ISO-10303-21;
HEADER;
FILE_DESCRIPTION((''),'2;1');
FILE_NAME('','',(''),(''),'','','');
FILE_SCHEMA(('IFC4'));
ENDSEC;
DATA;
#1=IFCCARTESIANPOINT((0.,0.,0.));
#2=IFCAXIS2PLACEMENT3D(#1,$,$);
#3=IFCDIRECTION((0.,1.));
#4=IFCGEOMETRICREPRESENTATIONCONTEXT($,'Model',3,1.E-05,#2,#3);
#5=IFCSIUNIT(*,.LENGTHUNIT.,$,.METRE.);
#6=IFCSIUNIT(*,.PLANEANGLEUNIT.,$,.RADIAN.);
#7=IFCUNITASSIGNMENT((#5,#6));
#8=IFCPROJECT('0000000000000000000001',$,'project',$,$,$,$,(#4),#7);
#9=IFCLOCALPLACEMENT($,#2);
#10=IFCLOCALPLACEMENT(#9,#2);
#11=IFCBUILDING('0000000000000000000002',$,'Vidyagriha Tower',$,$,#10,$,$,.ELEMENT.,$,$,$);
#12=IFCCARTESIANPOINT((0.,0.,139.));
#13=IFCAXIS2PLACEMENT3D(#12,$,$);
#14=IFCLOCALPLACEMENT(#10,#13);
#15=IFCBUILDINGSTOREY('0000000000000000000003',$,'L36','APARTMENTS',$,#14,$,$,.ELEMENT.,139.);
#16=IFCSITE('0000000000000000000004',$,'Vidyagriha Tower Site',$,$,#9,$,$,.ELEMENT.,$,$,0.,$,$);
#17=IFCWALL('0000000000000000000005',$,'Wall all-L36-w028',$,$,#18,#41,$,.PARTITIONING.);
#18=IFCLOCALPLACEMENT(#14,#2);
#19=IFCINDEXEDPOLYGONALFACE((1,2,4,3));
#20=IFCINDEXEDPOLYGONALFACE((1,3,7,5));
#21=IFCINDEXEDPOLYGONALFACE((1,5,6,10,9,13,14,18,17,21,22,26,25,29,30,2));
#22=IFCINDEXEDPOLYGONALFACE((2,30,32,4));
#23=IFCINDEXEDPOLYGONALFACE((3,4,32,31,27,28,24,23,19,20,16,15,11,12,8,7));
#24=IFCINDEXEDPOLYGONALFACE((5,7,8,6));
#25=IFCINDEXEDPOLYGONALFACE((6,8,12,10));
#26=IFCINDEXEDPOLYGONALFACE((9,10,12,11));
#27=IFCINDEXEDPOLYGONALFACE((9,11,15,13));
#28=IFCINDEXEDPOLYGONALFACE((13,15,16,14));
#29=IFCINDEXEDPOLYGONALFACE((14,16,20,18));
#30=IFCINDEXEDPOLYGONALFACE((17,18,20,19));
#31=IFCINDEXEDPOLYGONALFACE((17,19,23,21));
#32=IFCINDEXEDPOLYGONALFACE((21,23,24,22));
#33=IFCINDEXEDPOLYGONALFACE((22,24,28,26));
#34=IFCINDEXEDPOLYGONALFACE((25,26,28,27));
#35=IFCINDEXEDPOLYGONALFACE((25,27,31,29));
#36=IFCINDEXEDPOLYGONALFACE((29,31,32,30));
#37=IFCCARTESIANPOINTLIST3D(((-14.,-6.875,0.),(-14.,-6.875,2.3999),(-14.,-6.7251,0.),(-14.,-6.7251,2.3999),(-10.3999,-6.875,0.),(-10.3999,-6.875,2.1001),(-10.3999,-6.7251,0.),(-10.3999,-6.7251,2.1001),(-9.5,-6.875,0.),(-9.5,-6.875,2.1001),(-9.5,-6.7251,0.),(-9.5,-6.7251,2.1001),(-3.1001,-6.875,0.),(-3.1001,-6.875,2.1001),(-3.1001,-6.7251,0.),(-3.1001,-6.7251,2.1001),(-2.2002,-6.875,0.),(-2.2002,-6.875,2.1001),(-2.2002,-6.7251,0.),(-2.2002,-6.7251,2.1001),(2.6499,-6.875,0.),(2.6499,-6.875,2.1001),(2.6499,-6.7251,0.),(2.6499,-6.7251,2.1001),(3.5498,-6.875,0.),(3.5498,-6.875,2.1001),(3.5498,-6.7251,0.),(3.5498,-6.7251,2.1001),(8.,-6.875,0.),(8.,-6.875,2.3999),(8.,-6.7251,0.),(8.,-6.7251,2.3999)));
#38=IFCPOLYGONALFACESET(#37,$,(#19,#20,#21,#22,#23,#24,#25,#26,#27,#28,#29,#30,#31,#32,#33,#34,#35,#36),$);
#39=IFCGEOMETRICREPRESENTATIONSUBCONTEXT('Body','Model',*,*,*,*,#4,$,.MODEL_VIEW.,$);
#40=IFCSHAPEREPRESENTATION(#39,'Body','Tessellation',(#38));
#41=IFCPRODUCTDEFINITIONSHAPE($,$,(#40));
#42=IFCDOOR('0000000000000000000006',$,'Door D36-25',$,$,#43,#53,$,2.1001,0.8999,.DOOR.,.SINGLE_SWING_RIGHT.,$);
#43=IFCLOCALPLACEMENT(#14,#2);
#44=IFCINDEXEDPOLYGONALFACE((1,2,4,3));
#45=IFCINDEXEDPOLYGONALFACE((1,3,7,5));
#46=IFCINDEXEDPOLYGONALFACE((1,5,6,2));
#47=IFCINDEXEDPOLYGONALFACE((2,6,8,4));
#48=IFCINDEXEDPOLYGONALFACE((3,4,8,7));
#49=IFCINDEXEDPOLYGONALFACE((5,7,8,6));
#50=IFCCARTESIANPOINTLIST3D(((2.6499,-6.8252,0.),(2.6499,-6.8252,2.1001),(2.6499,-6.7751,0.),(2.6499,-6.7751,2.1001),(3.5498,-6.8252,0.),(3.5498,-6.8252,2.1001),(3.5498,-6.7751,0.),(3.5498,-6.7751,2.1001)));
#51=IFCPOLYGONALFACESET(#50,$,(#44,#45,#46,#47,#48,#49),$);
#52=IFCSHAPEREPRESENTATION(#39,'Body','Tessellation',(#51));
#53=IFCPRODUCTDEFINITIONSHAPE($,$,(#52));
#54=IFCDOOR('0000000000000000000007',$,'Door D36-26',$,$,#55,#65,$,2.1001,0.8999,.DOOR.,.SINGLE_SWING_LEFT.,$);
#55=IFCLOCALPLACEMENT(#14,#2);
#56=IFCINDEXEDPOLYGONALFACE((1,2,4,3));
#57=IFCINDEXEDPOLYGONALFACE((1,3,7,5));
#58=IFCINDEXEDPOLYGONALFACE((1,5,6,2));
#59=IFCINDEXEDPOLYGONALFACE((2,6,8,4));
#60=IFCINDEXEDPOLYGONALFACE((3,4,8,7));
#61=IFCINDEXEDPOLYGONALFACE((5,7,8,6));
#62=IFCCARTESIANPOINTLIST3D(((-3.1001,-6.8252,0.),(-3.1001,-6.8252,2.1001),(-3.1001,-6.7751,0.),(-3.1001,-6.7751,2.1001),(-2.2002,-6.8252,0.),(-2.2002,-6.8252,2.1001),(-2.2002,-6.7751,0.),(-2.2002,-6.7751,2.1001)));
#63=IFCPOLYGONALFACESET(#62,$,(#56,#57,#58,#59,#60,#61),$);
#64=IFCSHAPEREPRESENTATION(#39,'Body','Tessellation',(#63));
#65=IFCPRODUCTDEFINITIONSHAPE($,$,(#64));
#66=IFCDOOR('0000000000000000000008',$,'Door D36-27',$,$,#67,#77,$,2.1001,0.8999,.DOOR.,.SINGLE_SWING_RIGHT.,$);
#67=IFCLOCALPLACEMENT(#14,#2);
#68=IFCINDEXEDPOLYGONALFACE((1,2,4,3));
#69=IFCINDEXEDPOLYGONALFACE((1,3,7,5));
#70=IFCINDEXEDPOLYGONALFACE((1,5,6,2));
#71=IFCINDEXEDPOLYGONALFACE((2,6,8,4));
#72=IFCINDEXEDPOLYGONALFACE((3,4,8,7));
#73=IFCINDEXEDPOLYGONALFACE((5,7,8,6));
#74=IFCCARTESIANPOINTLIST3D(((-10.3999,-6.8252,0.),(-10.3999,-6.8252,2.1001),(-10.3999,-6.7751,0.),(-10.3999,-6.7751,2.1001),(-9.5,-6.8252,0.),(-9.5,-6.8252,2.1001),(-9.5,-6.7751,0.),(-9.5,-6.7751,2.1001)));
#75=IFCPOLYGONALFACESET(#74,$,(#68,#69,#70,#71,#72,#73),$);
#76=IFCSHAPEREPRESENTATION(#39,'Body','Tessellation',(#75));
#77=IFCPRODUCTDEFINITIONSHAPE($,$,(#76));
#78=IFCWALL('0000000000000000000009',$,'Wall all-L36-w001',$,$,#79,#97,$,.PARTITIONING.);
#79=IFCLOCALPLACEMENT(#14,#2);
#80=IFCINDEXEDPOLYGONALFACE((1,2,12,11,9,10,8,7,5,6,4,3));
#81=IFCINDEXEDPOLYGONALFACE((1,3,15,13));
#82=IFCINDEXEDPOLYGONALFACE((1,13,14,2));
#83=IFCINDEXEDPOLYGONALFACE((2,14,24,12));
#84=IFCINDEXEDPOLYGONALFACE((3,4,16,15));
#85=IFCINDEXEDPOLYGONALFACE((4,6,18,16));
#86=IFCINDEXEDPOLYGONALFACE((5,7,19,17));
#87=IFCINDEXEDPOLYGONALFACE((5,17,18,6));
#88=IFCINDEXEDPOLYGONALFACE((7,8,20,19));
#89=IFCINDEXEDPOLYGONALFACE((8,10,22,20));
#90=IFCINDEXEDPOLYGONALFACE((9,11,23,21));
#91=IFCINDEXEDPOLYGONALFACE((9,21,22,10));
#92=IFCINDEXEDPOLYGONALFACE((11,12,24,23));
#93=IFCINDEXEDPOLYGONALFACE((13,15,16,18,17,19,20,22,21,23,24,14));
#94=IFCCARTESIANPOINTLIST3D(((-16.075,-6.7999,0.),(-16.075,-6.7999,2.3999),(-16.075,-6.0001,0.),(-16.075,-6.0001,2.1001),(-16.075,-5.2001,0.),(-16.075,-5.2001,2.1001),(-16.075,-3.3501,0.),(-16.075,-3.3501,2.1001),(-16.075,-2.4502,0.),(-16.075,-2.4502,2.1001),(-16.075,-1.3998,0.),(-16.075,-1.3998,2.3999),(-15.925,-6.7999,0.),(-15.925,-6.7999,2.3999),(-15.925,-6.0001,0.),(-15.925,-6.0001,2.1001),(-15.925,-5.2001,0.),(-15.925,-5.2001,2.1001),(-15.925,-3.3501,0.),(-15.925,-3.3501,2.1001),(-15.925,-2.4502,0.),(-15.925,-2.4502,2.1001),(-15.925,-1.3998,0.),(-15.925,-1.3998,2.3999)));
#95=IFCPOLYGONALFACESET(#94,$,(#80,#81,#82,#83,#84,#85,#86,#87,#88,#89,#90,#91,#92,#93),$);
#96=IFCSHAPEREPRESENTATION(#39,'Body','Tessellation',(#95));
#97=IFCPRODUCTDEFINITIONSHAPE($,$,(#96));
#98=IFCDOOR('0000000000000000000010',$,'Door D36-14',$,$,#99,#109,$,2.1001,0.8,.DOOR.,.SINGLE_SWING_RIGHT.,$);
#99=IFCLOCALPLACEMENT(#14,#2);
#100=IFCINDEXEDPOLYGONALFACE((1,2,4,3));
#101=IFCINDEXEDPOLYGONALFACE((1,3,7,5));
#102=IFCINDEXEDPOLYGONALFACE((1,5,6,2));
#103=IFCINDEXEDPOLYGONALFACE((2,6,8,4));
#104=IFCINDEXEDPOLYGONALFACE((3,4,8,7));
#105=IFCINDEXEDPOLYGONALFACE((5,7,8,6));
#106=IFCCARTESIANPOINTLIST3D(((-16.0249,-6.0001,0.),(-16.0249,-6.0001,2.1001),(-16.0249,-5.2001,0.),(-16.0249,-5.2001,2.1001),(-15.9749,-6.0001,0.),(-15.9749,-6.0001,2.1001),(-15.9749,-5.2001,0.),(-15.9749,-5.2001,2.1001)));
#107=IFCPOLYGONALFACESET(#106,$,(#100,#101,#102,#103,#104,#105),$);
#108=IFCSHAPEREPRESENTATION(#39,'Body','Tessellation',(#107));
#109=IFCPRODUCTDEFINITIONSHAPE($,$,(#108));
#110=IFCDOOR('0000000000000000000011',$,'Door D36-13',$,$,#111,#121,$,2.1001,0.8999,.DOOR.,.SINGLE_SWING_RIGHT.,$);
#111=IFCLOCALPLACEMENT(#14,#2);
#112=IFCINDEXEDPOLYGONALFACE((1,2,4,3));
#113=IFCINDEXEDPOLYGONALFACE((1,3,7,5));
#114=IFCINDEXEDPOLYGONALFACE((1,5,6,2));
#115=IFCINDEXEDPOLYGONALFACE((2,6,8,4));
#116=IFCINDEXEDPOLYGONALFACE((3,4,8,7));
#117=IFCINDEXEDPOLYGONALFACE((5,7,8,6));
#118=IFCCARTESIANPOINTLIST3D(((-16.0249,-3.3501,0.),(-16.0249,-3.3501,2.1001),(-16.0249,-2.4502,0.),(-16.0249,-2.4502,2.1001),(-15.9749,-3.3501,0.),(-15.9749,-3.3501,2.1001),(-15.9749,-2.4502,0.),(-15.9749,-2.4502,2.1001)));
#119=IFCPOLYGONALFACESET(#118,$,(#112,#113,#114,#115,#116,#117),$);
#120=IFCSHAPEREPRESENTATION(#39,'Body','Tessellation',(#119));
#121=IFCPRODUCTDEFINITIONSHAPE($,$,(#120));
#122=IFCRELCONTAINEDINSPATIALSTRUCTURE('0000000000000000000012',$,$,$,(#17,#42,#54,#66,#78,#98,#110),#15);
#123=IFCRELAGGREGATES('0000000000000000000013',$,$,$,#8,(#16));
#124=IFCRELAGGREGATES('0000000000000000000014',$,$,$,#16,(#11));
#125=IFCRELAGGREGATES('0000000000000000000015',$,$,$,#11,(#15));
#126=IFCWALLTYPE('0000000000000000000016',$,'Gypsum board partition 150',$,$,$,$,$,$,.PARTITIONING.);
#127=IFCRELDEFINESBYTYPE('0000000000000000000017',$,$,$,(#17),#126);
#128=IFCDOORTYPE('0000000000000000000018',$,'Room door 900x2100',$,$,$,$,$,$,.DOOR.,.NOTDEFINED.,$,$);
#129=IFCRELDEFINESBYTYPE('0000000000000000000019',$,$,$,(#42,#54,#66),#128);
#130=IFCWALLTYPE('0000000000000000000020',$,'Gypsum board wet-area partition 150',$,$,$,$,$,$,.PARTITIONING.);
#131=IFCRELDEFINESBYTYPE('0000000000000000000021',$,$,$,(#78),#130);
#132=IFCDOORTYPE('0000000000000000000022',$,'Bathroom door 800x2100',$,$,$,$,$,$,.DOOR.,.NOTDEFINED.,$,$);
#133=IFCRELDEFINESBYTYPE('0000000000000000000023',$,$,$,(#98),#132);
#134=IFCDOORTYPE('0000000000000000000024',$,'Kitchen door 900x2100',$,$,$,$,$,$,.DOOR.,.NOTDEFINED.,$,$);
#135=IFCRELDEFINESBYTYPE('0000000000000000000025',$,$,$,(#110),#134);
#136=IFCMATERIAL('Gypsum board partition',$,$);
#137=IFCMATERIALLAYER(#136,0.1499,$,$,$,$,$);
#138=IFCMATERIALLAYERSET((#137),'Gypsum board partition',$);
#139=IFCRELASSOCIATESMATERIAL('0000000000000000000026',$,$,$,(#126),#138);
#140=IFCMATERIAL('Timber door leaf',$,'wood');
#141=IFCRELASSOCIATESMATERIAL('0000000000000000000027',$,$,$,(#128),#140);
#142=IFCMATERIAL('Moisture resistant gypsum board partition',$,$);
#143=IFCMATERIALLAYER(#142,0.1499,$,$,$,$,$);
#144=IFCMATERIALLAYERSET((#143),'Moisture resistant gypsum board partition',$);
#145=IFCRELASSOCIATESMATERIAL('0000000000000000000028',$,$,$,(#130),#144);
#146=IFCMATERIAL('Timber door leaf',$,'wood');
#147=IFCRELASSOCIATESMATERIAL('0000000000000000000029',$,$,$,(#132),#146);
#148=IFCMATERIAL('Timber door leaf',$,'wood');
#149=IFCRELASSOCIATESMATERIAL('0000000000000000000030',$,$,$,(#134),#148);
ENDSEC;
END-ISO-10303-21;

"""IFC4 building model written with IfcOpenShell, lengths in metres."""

from ifc_helpers import new_model, si_unit, direction, frame, frame_2d, origin, place, context, subcontext, project, spatial, rectangle, extrude, material, layer, layer_set, type_object, element, fill, save


model = new_model("IFC4")

# Units and contexts
model_context = context("Model", 3, precision=1e-05, world=origin(), true_north=direction((0.0, 1.0)))
body_context = subcontext(model_context, "Body", "Model", "MODEL_VIEW")
ifc_project = project(units=[si_unit("LENGTHUNIT", "METRE"), si_unit("PLANEANGLEUNIT", "RADIAN")], contexts=[model_context])

# Site, building, storey
site_placement = place(None, origin())
site = spatial("IfcSite", under=ifc_project, at=site_placement, Name="Vidyagriha Tower Site", CompositionType="ELEMENT", RefElevation=0.0)
building_placement = place(site_placement, origin())
building = spatial("IfcBuilding", under=site, at=building_placement, Name="Vidyagriha Tower", CompositionType="ELEMENT")
storey_placement = place(building_placement, frame((0.0, 0.0, 139.0)))
storey = spatial("IfcBuildingStorey", under=building, at=storey_placement, Name="L36", Description="APARTMENTS", CompositionType="ELEMENT", Elevation=139.0)

# Shared definitions
ifc_material_1 = material(Name="Gypsum board partition")
ifc_layer_1 = layer(ifc_material_1, 0.1499)
ifc_layer_set_1 = layer_set([ifc_layer_1], Name="Gypsum board partition")
wall_type_1 = type_object("IfcWallType", Name="Gypsum board partition 150", PredefinedType="PARTITIONING", material=ifc_layer_set_1)

# Shared definitions
ifc_material_2 = material(Name="Timber door leaf", Category="wood")
door_type_1 = type_object("IfcDoorType", Name="Room door 900x2100", OperationType="NOTDEFINED", PredefinedType="DOOR", material=ifc_material_2)

# Walls, openings, doors
wall_1_placement = place(storey_placement, frame((-14.0, -6.8, 0.0)))
wall_1 = element("IfcWall", 1, at=wall_1_placement, inside=storey, type_object=wall_type_1, Name="Wall all-L36-w028", PredefinedType="PARTITIONING", context=body_context, shape_type="SweptSolid", body=[
    extrude(rectangle(XDim=22.0, YDim=0.1499, at=frame_2d((11.0, 0.0))), origin(), (0.0, 0.0, 1.0), 2.3999),
])
opening_1_placement = place(wall_1_placement, frame((16.6499, 0.0, 0.0)))
opening_1 = element("IfcOpeningElement", 2, at=opening_1_placement, cuts=wall_1, PredefinedType="OPENING", context=body_context, shape_type="SweptSolid", body=[
    extrude(rectangle(XDim=0.8999, YDim=2.1001, at=frame_2d((0.45, 1.05))), frame((0.0, 0.085, 0.0), z_axis=(0.0, -1.0, 0.0), x_axis=(1.0, 0.0, 0.0)), (0.0, 0.0, 1.0), 0.1699),
])
opening_2_placement = place(wall_1_placement, frame((10.8999, 0.0, 0.0)))
opening_2 = element("IfcOpeningElement", 3, at=opening_2_placement, cuts=wall_1, PredefinedType="OPENING", context=body_context, shape_type="SweptSolid", body=[
    extrude(rectangle(XDim=0.8999, YDim=2.1001, at=frame_2d((0.45, 1.05))), frame((0.0, 0.085, 0.0), z_axis=(0.0, -1.0, 0.0), x_axis=(1.0, 0.0, 0.0)), (0.0, 0.0, 1.0), 0.1699),
])
opening_3_placement = place(wall_1_placement, frame((3.6001, 0.0, 0.0)))
opening_3 = element("IfcOpeningElement", 4, at=opening_3_placement, cuts=wall_1, PredefinedType="OPENING", context=body_context, shape_type="SweptSolid", body=[
    extrude(rectangle(XDim=0.8999, YDim=2.1001, at=frame_2d((0.45, 1.05))), frame((0.0, 0.085, 0.0), z_axis=(0.0, -1.0, 0.0), x_axis=(1.0, 0.0, 0.0)), (0.0, 0.0, 1.0), 0.1699),
])
door_1_placement = place(opening_1_placement, origin())
door_1 = element("IfcDoor", 5, at=door_1_placement, inside=storey, type_object=door_type_1, Name="Door D36-25", OperationType="SINGLE_SWING_RIGHT", OverallHeight=2.1001, OverallWidth=0.8999, PredefinedType="DOOR", context=body_context, shape_type="SweptSolid", body=[
    extrude(rectangle(XDim=0.8999, YDim=2.1001, at=frame_2d((0.45, 1.05))), frame((0.0, 0.0249, 0.0), z_axis=(0.0, -1.0, 0.0), x_axis=(1.0, 0.0, 0.0)), (0.0, 0.0, 1.0), 0.05),
])
fill(opening_1, door_1)
door_2_placement = place(opening_2_placement, origin())
door_2 = element("IfcDoor", 6, at=door_2_placement, inside=storey, type_object=door_type_1, Name="Door D36-26", OperationType="SINGLE_SWING_LEFT", OverallHeight=2.1001, OverallWidth=0.8999, PredefinedType="DOOR", context=body_context, shape_type="SweptSolid", body=[
    extrude(rectangle(XDim=0.8999, YDim=2.1001, at=frame_2d((0.45, 1.05))), frame((0.0, 0.0249, 0.0), z_axis=(0.0, -1.0, 0.0), x_axis=(1.0, 0.0, 0.0)), (0.0, 0.0, 1.0), 0.05),
])
fill(opening_2, door_2)
door_3_placement = place(opening_3_placement, origin())
door_3 = element("IfcDoor", 7, at=door_3_placement, inside=storey, type_object=door_type_1, Name="Door D36-27", OperationType="SINGLE_SWING_RIGHT", OverallHeight=2.1001, OverallWidth=0.8999, PredefinedType="DOOR", context=body_context, shape_type="SweptSolid", body=[
    extrude(rectangle(XDim=0.8999, YDim=2.1001, at=frame_2d((0.45, 1.05))), frame((0.0, 0.0249, 0.0), z_axis=(0.0, -1.0, 0.0), x_axis=(1.0, 0.0, 0.0)), (0.0, 0.0, 1.0), 0.05),
])
fill(opening_3, door_3)
ifc_material_3 = material(Name="Moisture resistant gypsum board partition")
ifc_layer_2 = layer(ifc_material_3, 0.1499)
ifc_layer_set_2 = layer_set([ifc_layer_2], Name="Moisture resistant gypsum board partition")
wall_type_2 = type_object("IfcWallType", Name="Gypsum board wet-area partition 150", PredefinedType="PARTITIONING", material=ifc_layer_set_2)
wall_2_placement = place(storey_placement, frame((-16.0, -6.8, 0.0), z_axis=(0.0, 0.0, 1.0), x_axis=(0.0, 1.0, 0.0)))
wall_2 = element("IfcWall", 8, at=wall_2_placement, inside=storey, type_object=wall_type_2, Name="Wall all-L36-w001", PredefinedType="PARTITIONING", context=body_context, shape_type="SweptSolid", body=[
    extrude(rectangle(XDim=5.4001, YDim=0.1499, at=frame_2d((2.7002, 0.0))), origin(), (0.0, 0.0, 1.0), 2.3999),
])
opening_4_placement = place(wall_2_placement, frame((3.45, 0.0, 0.0)))
opening_4 = element("IfcOpeningElement", 9, at=opening_4_placement, cuts=wall_2, PredefinedType="OPENING", context=body_context, shape_type="SweptSolid", body=[
    extrude(rectangle(XDim=0.8999, YDim=2.1001, at=frame_2d((0.45, 1.05))), frame((0.0, 0.085, 0.0), z_axis=(0.0, -1.0, 0.0), x_axis=(1.0, 0.0, 0.0)), (0.0, 0.0, 1.0), 0.1699),
])
opening_5_placement = place(wall_2_placement, frame((0.8, 0.0, 0.0)))
opening_5 = element("IfcOpeningElement", 10, at=opening_5_placement, cuts=wall_2, PredefinedType="OPENING", context=body_context, shape_type="SweptSolid", body=[
    extrude(rectangle(XDim=0.8, YDim=2.1001, at=frame_2d((0.3999, 1.05))), frame((0.0, 0.085, 0.0), z_axis=(0.0, -1.0, 0.0), x_axis=(1.0, 0.0, 0.0)), (0.0, 0.0, 1.0), 0.1699),
])
ifc_material_4 = material(Name="Timber door leaf", Category="wood")
door_type_2 = type_object("IfcDoorType", Name="Bathroom door 800x2100", OperationType="NOTDEFINED", PredefinedType="DOOR", material=ifc_material_4)
door_4_placement = place(opening_5_placement, origin())
door_4 = element("IfcDoor", 11, at=door_4_placement, inside=storey, type_object=door_type_2, Name="Door D36-14", OperationType="SINGLE_SWING_RIGHT", OverallHeight=2.1001, OverallWidth=0.8, PredefinedType="DOOR", context=body_context, shape_type="SweptSolid", body=[
    extrude(rectangle(XDim=0.8, YDim=2.1001, at=frame_2d((0.3999, 1.05))), frame((0.0, 0.0249, 0.0), z_axis=(0.0, -1.0, 0.0), x_axis=(1.0, 0.0, 0.0)), (0.0, 0.0, 1.0), 0.05),
])
fill(opening_5, door_4)
ifc_material_5 = material(Name="Timber door leaf", Category="wood")
door_type_3 = type_object("IfcDoorType", Name="Kitchen door 900x2100", OperationType="NOTDEFINED", PredefinedType="DOOR", material=ifc_material_5)
door_5_placement = place(opening_4_placement, origin())
door_5 = element("IfcDoor", 12, at=door_5_placement, inside=storey, type_object=door_type_3, Name="Door D36-13", OperationType="SINGLE_SWING_RIGHT", OverallHeight=2.1001, OverallWidth=0.8999, PredefinedType="DOOR", context=body_context, shape_type="SweptSolid", body=[
    extrude(rectangle(XDim=0.8999, YDim=2.1001, at=frame_2d((0.45, 1.05))), frame((0.0, 0.0249, 0.0), z_axis=(0.0, -1.0, 0.0), x_axis=(1.0, 0.0, 0.0)), (0.0, 0.0, 1.0), 0.05),
])
fill(opening_4, door_5)

save(model, "model.ifc")
